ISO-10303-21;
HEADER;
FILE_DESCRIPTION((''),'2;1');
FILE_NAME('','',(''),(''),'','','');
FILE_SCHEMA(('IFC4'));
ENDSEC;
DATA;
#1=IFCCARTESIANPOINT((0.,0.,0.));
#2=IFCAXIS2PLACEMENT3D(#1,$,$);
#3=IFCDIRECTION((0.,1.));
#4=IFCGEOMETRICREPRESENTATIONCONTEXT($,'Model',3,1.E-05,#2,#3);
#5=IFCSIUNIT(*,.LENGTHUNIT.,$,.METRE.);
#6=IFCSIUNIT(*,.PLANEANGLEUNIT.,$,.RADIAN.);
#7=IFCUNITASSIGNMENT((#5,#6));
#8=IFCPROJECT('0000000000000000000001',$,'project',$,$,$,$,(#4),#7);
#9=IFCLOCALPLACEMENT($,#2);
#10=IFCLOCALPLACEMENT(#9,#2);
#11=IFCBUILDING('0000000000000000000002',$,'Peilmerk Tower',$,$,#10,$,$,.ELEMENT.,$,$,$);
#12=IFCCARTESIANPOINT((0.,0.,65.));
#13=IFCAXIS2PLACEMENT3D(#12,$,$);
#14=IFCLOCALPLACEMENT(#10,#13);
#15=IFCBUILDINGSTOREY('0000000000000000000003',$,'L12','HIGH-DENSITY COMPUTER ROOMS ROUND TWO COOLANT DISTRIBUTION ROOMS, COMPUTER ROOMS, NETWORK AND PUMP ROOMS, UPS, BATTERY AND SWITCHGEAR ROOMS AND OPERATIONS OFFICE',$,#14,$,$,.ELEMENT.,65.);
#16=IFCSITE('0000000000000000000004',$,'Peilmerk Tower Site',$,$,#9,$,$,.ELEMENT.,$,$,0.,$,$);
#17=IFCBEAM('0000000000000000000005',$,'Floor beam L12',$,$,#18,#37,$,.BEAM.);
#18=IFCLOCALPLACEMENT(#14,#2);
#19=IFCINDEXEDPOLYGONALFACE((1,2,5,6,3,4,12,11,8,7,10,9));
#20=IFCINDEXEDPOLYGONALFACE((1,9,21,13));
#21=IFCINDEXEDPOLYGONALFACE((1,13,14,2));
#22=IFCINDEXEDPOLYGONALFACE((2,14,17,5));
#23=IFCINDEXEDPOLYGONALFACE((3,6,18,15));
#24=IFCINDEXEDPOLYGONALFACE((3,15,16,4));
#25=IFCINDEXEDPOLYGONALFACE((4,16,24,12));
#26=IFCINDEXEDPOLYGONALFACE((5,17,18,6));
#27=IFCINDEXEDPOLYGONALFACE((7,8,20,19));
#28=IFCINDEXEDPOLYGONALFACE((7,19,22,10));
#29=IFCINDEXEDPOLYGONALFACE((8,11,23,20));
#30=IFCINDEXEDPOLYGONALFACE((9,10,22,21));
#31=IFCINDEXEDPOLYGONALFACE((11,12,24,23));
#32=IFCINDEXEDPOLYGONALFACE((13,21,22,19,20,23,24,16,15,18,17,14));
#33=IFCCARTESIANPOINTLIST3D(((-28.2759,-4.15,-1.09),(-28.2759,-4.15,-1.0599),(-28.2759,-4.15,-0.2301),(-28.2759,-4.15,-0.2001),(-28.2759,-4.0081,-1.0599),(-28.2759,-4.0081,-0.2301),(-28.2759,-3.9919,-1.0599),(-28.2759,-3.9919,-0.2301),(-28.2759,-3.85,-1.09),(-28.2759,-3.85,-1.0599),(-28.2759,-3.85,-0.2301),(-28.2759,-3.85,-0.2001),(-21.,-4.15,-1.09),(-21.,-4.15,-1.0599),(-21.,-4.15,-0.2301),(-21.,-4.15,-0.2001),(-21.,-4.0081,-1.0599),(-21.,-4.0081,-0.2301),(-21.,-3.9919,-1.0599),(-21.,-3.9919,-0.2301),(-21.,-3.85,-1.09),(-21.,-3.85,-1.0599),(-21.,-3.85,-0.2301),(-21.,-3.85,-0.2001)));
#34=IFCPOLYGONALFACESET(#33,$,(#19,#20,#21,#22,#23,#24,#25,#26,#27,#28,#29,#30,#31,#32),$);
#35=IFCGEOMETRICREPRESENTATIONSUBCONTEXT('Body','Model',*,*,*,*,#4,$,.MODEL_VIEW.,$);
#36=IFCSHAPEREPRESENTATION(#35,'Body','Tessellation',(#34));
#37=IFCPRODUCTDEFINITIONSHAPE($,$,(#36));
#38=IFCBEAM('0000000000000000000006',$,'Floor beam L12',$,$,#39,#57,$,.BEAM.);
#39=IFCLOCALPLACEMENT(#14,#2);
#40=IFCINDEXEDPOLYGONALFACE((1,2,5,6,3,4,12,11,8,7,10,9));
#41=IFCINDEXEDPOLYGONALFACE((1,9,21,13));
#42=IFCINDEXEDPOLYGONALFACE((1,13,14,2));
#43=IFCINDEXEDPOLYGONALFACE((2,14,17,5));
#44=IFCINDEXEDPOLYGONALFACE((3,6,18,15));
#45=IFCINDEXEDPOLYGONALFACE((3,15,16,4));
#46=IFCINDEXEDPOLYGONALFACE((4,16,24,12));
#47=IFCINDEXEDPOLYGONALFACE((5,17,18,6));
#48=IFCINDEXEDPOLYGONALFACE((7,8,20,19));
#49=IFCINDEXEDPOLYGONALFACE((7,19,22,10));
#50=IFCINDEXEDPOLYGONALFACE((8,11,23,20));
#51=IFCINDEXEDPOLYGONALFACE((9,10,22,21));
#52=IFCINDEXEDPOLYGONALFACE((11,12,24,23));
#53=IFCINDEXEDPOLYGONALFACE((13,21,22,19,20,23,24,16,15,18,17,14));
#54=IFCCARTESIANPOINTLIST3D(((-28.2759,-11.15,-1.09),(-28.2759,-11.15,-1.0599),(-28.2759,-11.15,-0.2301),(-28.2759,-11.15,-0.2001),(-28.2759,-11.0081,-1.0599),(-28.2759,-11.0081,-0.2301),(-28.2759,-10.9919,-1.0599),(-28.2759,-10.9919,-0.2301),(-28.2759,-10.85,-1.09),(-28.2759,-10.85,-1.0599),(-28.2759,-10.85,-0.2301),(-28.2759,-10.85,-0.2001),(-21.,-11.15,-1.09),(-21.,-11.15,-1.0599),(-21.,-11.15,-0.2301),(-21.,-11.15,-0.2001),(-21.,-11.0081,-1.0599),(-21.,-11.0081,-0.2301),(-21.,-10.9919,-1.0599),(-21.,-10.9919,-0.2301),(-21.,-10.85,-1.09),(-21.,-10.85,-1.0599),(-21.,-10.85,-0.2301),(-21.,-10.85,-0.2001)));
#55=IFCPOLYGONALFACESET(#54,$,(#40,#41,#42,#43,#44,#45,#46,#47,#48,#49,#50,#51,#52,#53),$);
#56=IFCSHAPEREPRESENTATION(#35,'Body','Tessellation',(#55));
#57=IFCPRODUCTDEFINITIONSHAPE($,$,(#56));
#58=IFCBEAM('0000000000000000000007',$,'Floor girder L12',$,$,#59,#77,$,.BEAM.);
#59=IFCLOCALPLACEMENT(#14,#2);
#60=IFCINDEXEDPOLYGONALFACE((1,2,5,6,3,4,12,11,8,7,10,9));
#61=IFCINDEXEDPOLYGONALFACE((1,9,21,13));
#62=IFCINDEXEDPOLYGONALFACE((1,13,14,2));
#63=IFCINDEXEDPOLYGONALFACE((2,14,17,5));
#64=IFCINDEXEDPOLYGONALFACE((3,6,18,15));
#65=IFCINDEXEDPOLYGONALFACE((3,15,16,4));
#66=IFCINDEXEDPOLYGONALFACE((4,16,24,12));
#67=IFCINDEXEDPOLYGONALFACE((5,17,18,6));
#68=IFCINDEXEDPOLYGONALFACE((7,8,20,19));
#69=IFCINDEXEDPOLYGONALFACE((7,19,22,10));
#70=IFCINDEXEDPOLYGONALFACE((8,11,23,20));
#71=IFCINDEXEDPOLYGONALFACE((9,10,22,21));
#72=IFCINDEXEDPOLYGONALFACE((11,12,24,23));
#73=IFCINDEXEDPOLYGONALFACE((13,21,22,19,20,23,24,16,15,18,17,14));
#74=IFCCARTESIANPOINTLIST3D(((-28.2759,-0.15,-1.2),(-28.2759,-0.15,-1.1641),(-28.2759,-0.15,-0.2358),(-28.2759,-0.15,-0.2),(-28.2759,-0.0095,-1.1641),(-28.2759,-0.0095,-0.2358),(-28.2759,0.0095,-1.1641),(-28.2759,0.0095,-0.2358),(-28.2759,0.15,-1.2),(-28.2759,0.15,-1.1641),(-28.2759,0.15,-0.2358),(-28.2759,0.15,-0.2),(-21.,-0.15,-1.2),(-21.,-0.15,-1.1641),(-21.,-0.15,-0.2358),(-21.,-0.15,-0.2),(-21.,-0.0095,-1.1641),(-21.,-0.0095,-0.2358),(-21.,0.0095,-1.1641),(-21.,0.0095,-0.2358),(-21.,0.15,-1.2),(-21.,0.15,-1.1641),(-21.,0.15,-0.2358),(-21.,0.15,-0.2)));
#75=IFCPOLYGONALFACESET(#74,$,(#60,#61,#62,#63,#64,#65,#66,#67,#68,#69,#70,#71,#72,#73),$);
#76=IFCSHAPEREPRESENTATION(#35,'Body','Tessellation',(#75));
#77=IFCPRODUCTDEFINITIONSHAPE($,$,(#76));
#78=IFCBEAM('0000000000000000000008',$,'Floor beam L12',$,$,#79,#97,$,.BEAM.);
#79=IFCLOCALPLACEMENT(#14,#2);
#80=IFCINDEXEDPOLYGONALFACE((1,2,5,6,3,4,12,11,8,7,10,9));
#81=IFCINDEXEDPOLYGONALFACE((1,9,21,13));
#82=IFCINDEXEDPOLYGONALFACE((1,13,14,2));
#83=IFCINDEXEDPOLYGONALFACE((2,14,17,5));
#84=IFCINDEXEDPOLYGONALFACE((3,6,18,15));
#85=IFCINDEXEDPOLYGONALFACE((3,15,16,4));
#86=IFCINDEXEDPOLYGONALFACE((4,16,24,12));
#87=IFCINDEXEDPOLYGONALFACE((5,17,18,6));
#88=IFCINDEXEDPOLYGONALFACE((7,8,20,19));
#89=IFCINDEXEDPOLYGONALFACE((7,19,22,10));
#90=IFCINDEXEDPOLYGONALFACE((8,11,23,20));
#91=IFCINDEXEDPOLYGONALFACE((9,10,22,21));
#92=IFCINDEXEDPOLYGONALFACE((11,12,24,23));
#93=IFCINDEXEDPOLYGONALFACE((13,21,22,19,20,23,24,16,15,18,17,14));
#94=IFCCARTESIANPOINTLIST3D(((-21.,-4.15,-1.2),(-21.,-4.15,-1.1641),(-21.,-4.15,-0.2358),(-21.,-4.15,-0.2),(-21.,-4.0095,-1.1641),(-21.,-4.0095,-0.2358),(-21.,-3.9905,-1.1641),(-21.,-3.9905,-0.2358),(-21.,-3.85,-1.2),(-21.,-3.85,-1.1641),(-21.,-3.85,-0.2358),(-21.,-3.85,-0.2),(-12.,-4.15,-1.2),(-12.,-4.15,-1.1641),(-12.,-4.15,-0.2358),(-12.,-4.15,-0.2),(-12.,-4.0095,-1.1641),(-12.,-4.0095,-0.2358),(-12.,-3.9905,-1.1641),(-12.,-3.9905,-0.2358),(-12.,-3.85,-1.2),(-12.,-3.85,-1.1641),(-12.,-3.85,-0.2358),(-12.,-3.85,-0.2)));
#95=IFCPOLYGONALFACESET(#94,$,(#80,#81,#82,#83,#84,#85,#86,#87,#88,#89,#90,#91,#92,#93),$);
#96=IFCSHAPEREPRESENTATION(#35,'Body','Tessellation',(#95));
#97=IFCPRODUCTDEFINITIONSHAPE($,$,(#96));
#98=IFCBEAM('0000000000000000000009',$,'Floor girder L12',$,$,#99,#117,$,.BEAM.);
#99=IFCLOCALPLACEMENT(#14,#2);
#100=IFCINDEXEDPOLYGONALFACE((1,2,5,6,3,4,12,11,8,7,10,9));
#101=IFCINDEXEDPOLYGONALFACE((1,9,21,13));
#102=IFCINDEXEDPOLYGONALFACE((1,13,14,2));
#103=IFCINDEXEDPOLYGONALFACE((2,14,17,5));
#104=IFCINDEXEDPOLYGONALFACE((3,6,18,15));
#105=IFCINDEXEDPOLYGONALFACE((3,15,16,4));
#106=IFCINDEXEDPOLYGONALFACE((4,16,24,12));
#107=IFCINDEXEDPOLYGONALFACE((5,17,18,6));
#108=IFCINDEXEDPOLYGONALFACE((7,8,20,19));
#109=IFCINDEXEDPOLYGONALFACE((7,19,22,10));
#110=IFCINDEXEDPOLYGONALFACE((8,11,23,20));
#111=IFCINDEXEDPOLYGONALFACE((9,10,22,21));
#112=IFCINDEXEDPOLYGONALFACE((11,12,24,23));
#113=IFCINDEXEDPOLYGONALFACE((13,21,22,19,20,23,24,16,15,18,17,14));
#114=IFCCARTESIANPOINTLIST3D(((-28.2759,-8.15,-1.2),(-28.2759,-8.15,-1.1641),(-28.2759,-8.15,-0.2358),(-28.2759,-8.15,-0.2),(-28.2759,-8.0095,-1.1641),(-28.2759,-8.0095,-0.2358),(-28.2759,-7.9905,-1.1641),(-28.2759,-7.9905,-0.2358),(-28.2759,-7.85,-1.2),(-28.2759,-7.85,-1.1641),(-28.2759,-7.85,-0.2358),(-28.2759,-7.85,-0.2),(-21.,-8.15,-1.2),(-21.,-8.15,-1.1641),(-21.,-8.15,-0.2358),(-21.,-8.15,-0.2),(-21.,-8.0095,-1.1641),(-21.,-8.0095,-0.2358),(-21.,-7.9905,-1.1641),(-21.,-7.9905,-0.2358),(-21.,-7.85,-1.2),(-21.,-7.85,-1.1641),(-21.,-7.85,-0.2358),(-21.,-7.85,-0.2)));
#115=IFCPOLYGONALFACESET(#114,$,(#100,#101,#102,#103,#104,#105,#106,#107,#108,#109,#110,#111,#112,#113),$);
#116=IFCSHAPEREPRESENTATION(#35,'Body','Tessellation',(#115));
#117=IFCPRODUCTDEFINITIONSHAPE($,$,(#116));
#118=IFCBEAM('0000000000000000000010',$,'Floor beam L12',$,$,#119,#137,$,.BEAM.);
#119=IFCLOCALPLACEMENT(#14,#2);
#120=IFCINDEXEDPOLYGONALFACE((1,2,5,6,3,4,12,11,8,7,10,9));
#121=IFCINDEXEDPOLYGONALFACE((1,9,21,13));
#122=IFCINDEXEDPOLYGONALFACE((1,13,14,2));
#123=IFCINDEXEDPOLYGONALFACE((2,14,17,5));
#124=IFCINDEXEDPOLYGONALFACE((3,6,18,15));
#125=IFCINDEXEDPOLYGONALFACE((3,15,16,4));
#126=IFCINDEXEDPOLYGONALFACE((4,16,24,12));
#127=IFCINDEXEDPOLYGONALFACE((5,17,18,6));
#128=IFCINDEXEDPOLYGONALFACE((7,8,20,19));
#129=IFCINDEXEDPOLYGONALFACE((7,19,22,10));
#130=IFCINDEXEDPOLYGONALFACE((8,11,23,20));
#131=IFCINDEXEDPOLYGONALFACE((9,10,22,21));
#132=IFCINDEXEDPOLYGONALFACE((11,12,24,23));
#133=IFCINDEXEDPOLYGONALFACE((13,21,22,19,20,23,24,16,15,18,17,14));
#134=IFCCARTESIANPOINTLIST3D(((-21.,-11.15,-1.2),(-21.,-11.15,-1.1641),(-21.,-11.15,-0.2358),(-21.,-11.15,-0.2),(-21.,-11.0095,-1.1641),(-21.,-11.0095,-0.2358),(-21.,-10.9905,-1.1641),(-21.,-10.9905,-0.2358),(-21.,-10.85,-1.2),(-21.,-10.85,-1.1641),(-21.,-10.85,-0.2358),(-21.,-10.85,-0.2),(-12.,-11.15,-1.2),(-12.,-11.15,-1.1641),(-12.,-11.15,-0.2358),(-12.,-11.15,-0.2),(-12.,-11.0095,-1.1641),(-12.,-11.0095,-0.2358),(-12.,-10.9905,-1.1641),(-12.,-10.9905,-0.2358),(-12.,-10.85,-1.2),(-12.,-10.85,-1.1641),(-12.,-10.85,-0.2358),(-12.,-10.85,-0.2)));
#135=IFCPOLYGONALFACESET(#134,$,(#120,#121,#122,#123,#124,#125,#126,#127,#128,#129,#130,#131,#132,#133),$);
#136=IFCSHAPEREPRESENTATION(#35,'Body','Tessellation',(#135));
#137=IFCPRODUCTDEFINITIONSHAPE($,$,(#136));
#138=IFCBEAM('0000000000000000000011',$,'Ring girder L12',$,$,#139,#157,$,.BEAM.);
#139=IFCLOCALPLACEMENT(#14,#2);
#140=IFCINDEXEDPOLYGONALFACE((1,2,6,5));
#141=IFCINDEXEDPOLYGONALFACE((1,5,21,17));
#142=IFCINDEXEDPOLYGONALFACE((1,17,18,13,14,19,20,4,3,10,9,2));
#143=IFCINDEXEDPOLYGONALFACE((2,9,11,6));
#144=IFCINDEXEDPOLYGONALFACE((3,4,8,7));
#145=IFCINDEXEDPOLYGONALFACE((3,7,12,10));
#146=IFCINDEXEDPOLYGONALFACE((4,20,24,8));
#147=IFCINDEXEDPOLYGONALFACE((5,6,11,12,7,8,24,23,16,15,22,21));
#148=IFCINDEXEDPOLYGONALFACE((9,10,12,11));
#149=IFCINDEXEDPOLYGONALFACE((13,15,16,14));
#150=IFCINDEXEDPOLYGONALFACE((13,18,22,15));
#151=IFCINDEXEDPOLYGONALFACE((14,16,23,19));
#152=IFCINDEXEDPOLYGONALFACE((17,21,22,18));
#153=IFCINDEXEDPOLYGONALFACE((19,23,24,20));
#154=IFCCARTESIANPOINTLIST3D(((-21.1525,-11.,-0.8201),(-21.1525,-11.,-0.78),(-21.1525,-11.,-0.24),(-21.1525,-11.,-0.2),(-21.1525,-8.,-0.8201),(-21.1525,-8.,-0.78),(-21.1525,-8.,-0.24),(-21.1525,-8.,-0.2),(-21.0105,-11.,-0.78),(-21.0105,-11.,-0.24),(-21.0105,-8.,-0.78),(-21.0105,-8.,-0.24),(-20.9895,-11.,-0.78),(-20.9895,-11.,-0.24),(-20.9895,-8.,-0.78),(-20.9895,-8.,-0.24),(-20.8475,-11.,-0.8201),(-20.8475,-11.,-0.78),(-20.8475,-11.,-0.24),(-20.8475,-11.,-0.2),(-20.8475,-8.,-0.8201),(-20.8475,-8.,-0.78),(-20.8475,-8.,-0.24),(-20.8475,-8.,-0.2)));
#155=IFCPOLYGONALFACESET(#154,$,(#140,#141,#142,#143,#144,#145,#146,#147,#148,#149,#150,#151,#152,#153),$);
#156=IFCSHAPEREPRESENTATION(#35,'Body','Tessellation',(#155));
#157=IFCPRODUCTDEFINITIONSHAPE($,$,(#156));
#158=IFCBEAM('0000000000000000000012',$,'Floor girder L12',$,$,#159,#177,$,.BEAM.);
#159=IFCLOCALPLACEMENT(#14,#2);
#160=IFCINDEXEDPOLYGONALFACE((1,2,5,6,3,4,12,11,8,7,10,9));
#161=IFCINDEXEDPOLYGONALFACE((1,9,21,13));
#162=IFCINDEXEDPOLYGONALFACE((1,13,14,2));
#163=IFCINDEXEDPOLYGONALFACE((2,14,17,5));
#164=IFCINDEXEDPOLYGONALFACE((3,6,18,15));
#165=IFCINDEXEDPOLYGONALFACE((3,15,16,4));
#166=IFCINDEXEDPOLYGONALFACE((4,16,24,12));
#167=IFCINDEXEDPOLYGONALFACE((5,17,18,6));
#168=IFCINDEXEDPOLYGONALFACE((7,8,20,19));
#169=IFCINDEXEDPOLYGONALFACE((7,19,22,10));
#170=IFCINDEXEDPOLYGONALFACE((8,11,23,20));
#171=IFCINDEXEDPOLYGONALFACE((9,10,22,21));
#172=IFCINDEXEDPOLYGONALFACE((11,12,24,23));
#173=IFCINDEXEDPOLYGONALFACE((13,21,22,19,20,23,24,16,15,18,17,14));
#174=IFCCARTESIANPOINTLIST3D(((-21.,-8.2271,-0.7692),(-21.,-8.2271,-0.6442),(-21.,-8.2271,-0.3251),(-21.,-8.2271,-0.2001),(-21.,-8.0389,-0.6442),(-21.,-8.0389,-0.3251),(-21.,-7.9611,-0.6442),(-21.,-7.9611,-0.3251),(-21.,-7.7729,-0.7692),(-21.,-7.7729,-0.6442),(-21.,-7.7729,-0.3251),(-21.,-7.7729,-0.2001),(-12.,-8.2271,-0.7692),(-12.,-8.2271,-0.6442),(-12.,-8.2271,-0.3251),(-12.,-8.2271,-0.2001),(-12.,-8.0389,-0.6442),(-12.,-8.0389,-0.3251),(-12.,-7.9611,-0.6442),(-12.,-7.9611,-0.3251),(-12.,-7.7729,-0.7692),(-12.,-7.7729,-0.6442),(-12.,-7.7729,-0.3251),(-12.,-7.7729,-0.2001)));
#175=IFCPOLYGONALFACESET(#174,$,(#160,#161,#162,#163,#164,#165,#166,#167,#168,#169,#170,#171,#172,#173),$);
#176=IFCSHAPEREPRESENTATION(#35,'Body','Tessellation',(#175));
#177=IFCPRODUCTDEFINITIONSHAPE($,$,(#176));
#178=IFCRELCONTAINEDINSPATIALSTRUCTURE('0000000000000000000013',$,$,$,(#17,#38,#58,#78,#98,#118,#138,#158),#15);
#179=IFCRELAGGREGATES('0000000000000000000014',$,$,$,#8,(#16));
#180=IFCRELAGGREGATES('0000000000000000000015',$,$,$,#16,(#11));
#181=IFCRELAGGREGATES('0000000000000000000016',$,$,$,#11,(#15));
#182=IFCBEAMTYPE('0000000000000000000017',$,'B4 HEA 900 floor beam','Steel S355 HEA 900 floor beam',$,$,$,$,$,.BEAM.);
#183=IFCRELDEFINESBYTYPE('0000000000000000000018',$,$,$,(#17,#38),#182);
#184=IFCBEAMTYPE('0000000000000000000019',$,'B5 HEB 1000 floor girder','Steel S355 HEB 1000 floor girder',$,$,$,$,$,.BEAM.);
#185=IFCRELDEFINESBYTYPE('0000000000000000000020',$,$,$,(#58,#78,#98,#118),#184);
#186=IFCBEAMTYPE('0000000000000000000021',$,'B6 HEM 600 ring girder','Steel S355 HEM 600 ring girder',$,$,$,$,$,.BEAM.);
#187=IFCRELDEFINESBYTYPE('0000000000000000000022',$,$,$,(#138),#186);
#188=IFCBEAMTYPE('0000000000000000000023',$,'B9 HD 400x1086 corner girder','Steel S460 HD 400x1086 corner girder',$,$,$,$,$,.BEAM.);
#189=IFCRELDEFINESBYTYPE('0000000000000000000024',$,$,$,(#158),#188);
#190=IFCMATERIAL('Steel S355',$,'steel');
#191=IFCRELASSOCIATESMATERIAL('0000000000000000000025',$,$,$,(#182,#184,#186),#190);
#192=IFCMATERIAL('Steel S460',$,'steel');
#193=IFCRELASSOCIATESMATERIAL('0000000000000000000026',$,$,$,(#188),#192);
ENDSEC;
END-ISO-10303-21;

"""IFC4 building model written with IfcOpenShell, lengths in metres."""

from ifc_helpers import new_model, si_unit, direction, frame, origin, origin_2d, place, context, subcontext, project, spatial, i_section, extrude, material, material_profile, profile_set, type_object, element, save


model = new_model("IFC4")

# Units and contexts
model_context = context("Model", 3, precision=1e-05, world=origin(), true_north=direction((0.0, 1.0)))
body_context = subcontext(model_context, "Body", "Model", "MODEL_VIEW")
ifc_project = project(units=[si_unit("LENGTHUNIT", "METRE"), si_unit("PLANEANGLEUNIT", "RADIAN")], contexts=[model_context])

# Site, building, storey
site_placement = place(None, origin())
site = spatial("IfcSite", under=ifc_project, at=site_placement, Name="Peilmerk Tower Site", CompositionType="ELEMENT", RefElevation=0.0)
building_placement = place(site_placement, origin())
building = spatial("IfcBuilding", under=site, at=building_placement, Name="Peilmerk Tower", CompositionType="ELEMENT")
storey_placement = place(building_placement, frame((0.0, 0.0, 65.0)))
storey = spatial("IfcBuildingStorey", under=building, at=storey_placement, Name="L12", Description="HIGH-DENSITY COMPUTER ROOMS ROUND TWO COOLANT DISTRIBUTION ROOMS, COMPUTER ROOMS, NETWORK AND PUMP ROOMS, UPS, BATTERY AND SWITCHGEAR ROOMS AND OPERATIONS OFFICE", CompositionType="ELEMENT", Elevation=65.0)

# Beams
ifc_material_1 = material(Name="Steel S355", Category="steel")
ifc_material_profile_1 = material_profile(ifc_material_1, i_section(OverallWidth=0.3, OverallDepth=0.8899, WebThickness=0.0161, FlangeThickness=0.03, at=origin_2d()), Name="HEA 900")
ifc_profile_set_1 = profile_set([ifc_material_profile_1], Name="Steel S355")
beam_type_1 = type_object("IfcBeamType", Name="B4 HEA 900 floor beam", Description="Steel S355 HEA 900 floor beam", PredefinedType="BEAM", material=ifc_profile_set_1)
for number, where, z_axis, x_axis, name in (
    (1, (-21.0, -4.0, -0.645), (-1.0, 0.0, 0.0), (0.0, -1.0, 0.0), "Floor beam L12"),
    (2, (-21.0, -11.0, -0.645), (-1.0, 0.0, 0.0), (0.0, -1.0, 0.0), "Floor beam L12"),
):
    element("IfcBeam", number, at=place(storey_placement, frame(where, z_axis=z_axis, x_axis=x_axis)), inside=storey, type_object=beam_type_1, Name=name, PredefinedType="BEAM", context=body_context, shape_type="SweptSolid", body=[
        extrude(i_section(OverallWidth=0.3, OverallDepth=0.8899, WebThickness=0.0161, FlangeThickness=0.03, at=origin_2d()), origin(), (0.0, 0.0, 1.0), 7.2759),
    ])
ifc_material_profile_2 = material_profile(ifc_material_1, i_section(OverallWidth=0.3, OverallDepth=1.0, WebThickness=0.019, FlangeThickness=0.0359, at=origin_2d()), Name="HEB 1000")
ifc_profile_set_2 = profile_set([ifc_material_profile_2], Name="Steel S355")
beam_type_2 = type_object("IfcBeamType", Name="B5 HEB 1000 floor girder", Description="Steel S355 HEB 1000 floor girder", PredefinedType="BEAM", material=ifc_profile_set_2)
beam_1_placement = place(storey_placement, frame((-21.0, 0.0, -0.7), z_axis=(-1.0, 0.0, 0.0), x_axis=(0.0, -1.0, 0.0)))
element("IfcBeam", 3, at=beam_1_placement, inside=storey, type_object=beam_type_2, Name="Floor girder L12", PredefinedType="BEAM", context=body_context, shape_type="SweptSolid", body=[
    extrude(i_section(OverallWidth=0.3, OverallDepth=1.0, WebThickness=0.019, FlangeThickness=0.0359, at=origin_2d()), origin(), (0.0, 0.0, 1.0), 7.2759),
])
beam_2_placement = place(storey_placement, frame((-12.0, -4.0, -0.7), z_axis=(-1.0, 0.0, 0.0), x_axis=(0.0, -1.0, 0.0)))
element("IfcBeam", 4, at=beam_2_placement, inside=storey, type_object=beam_type_2, Name="Floor beam L12", PredefinedType="BEAM", context=body_context, shape_type="SweptSolid", body=[
    extrude(i_section(OverallWidth=0.3, OverallDepth=1.0, WebThickness=0.019, FlangeThickness=0.0359, at=origin_2d()), origin(), (0.0, 0.0, 1.0), 9.0),
])
beam_3_placement = place(storey_placement, frame((-21.0, -8.0, -0.7), z_axis=(-1.0, 0.0, 0.0), x_axis=(0.0, -1.0, 0.0)))
element("IfcBeam", 5, at=beam_3_placement, inside=storey, type_object=beam_type_2, Name="Floor girder L12", PredefinedType="BEAM", context=body_context, shape_type="SweptSolid", body=[
    extrude(i_section(OverallWidth=0.3, OverallDepth=1.0, WebThickness=0.019, FlangeThickness=0.0359, at=origin_2d()), origin(), (0.0, 0.0, 1.0), 7.2759),
])
beam_4_placement = place(storey_placement, frame((-12.0, -11.0, -0.7), z_axis=(-1.0, 0.0, 0.0), x_axis=(0.0, -1.0, 0.0)))
element("IfcBeam", 6, at=beam_4_placement, inside=storey, type_object=beam_type_2, Name="Floor beam L12", PredefinedType="BEAM", context=body_context, shape_type="SweptSolid", body=[
    extrude(i_section(OverallWidth=0.3, OverallDepth=1.0, WebThickness=0.019, FlangeThickness=0.0359, at=origin_2d()), origin(), (0.0, 0.0, 1.0), 9.0),
])
ifc_material_profile_3 = material_profile(ifc_material_1, i_section(OverallWidth=0.3049, OverallDepth=0.6201, WebThickness=0.021, FlangeThickness=0.04, at=origin_2d()), Name="HEM 600")
ifc_profile_set_3 = profile_set([ifc_material_profile_3], Name="Steel S355")
beam_type_3 = type_object("IfcBeamType", Name="B6 HEM 600 ring girder", Description="Steel S355 HEM 600 ring girder", PredefinedType="BEAM", material=ifc_profile_set_3)
beam_5_placement = place(storey_placement, frame((-21.0, -8.0, -0.51), z_axis=(0.0, -1.0, 0.0), x_axis=(1.0, 0.0, 0.0)))
element("IfcBeam", 7, at=beam_5_placement, inside=storey, type_object=beam_type_3, Name="Ring girder L12", PredefinedType="BEAM", context=body_context, shape_type="SweptSolid", body=[
    extrude(i_section(OverallWidth=0.3049, OverallDepth=0.6201, WebThickness=0.021, FlangeThickness=0.04, at=origin_2d()), origin(), (0.0, 0.0, 1.0), 3.0),
])
ifc_material_2 = material(Name="Steel S460", Category="steel")
ifc_material_profile_4 = material_profile(ifc_material_2, i_section(OverallWidth=0.4541, OverallDepth=0.5691, WebThickness=0.0779, FlangeThickness=0.125, at=origin_2d()), Name="HD 400x1086")
ifc_profile_set_4 = profile_set([ifc_material_profile_4], Name="Steel S460")
beam_type_4 = type_object("IfcBeamType", Name="B9 HD 400x1086 corner girder", Description="Steel S460 HD 400x1086 corner girder", PredefinedType="BEAM", material=ifc_profile_set_4)
beam_6_placement = place(storey_placement, frame((-12.0, -8.0, -0.4846), z_axis=(-1.0, 0.0, 0.0), x_axis=(0.0, -1.0, 0.0)))
element("IfcBeam", 8, at=beam_6_placement, inside=storey, type_object=beam_type_4, Name="Floor girder L12", PredefinedType="BEAM", context=body_context, shape_type="SweptSolid", body=[
    extrude(i_section(OverallWidth=0.4541, OverallDepth=0.5691, WebThickness=0.0779, FlangeThickness=0.125, at=origin_2d()), origin(), (0.0, 0.0, 1.0), 9.0),
])

save(model, "model.ifc")
